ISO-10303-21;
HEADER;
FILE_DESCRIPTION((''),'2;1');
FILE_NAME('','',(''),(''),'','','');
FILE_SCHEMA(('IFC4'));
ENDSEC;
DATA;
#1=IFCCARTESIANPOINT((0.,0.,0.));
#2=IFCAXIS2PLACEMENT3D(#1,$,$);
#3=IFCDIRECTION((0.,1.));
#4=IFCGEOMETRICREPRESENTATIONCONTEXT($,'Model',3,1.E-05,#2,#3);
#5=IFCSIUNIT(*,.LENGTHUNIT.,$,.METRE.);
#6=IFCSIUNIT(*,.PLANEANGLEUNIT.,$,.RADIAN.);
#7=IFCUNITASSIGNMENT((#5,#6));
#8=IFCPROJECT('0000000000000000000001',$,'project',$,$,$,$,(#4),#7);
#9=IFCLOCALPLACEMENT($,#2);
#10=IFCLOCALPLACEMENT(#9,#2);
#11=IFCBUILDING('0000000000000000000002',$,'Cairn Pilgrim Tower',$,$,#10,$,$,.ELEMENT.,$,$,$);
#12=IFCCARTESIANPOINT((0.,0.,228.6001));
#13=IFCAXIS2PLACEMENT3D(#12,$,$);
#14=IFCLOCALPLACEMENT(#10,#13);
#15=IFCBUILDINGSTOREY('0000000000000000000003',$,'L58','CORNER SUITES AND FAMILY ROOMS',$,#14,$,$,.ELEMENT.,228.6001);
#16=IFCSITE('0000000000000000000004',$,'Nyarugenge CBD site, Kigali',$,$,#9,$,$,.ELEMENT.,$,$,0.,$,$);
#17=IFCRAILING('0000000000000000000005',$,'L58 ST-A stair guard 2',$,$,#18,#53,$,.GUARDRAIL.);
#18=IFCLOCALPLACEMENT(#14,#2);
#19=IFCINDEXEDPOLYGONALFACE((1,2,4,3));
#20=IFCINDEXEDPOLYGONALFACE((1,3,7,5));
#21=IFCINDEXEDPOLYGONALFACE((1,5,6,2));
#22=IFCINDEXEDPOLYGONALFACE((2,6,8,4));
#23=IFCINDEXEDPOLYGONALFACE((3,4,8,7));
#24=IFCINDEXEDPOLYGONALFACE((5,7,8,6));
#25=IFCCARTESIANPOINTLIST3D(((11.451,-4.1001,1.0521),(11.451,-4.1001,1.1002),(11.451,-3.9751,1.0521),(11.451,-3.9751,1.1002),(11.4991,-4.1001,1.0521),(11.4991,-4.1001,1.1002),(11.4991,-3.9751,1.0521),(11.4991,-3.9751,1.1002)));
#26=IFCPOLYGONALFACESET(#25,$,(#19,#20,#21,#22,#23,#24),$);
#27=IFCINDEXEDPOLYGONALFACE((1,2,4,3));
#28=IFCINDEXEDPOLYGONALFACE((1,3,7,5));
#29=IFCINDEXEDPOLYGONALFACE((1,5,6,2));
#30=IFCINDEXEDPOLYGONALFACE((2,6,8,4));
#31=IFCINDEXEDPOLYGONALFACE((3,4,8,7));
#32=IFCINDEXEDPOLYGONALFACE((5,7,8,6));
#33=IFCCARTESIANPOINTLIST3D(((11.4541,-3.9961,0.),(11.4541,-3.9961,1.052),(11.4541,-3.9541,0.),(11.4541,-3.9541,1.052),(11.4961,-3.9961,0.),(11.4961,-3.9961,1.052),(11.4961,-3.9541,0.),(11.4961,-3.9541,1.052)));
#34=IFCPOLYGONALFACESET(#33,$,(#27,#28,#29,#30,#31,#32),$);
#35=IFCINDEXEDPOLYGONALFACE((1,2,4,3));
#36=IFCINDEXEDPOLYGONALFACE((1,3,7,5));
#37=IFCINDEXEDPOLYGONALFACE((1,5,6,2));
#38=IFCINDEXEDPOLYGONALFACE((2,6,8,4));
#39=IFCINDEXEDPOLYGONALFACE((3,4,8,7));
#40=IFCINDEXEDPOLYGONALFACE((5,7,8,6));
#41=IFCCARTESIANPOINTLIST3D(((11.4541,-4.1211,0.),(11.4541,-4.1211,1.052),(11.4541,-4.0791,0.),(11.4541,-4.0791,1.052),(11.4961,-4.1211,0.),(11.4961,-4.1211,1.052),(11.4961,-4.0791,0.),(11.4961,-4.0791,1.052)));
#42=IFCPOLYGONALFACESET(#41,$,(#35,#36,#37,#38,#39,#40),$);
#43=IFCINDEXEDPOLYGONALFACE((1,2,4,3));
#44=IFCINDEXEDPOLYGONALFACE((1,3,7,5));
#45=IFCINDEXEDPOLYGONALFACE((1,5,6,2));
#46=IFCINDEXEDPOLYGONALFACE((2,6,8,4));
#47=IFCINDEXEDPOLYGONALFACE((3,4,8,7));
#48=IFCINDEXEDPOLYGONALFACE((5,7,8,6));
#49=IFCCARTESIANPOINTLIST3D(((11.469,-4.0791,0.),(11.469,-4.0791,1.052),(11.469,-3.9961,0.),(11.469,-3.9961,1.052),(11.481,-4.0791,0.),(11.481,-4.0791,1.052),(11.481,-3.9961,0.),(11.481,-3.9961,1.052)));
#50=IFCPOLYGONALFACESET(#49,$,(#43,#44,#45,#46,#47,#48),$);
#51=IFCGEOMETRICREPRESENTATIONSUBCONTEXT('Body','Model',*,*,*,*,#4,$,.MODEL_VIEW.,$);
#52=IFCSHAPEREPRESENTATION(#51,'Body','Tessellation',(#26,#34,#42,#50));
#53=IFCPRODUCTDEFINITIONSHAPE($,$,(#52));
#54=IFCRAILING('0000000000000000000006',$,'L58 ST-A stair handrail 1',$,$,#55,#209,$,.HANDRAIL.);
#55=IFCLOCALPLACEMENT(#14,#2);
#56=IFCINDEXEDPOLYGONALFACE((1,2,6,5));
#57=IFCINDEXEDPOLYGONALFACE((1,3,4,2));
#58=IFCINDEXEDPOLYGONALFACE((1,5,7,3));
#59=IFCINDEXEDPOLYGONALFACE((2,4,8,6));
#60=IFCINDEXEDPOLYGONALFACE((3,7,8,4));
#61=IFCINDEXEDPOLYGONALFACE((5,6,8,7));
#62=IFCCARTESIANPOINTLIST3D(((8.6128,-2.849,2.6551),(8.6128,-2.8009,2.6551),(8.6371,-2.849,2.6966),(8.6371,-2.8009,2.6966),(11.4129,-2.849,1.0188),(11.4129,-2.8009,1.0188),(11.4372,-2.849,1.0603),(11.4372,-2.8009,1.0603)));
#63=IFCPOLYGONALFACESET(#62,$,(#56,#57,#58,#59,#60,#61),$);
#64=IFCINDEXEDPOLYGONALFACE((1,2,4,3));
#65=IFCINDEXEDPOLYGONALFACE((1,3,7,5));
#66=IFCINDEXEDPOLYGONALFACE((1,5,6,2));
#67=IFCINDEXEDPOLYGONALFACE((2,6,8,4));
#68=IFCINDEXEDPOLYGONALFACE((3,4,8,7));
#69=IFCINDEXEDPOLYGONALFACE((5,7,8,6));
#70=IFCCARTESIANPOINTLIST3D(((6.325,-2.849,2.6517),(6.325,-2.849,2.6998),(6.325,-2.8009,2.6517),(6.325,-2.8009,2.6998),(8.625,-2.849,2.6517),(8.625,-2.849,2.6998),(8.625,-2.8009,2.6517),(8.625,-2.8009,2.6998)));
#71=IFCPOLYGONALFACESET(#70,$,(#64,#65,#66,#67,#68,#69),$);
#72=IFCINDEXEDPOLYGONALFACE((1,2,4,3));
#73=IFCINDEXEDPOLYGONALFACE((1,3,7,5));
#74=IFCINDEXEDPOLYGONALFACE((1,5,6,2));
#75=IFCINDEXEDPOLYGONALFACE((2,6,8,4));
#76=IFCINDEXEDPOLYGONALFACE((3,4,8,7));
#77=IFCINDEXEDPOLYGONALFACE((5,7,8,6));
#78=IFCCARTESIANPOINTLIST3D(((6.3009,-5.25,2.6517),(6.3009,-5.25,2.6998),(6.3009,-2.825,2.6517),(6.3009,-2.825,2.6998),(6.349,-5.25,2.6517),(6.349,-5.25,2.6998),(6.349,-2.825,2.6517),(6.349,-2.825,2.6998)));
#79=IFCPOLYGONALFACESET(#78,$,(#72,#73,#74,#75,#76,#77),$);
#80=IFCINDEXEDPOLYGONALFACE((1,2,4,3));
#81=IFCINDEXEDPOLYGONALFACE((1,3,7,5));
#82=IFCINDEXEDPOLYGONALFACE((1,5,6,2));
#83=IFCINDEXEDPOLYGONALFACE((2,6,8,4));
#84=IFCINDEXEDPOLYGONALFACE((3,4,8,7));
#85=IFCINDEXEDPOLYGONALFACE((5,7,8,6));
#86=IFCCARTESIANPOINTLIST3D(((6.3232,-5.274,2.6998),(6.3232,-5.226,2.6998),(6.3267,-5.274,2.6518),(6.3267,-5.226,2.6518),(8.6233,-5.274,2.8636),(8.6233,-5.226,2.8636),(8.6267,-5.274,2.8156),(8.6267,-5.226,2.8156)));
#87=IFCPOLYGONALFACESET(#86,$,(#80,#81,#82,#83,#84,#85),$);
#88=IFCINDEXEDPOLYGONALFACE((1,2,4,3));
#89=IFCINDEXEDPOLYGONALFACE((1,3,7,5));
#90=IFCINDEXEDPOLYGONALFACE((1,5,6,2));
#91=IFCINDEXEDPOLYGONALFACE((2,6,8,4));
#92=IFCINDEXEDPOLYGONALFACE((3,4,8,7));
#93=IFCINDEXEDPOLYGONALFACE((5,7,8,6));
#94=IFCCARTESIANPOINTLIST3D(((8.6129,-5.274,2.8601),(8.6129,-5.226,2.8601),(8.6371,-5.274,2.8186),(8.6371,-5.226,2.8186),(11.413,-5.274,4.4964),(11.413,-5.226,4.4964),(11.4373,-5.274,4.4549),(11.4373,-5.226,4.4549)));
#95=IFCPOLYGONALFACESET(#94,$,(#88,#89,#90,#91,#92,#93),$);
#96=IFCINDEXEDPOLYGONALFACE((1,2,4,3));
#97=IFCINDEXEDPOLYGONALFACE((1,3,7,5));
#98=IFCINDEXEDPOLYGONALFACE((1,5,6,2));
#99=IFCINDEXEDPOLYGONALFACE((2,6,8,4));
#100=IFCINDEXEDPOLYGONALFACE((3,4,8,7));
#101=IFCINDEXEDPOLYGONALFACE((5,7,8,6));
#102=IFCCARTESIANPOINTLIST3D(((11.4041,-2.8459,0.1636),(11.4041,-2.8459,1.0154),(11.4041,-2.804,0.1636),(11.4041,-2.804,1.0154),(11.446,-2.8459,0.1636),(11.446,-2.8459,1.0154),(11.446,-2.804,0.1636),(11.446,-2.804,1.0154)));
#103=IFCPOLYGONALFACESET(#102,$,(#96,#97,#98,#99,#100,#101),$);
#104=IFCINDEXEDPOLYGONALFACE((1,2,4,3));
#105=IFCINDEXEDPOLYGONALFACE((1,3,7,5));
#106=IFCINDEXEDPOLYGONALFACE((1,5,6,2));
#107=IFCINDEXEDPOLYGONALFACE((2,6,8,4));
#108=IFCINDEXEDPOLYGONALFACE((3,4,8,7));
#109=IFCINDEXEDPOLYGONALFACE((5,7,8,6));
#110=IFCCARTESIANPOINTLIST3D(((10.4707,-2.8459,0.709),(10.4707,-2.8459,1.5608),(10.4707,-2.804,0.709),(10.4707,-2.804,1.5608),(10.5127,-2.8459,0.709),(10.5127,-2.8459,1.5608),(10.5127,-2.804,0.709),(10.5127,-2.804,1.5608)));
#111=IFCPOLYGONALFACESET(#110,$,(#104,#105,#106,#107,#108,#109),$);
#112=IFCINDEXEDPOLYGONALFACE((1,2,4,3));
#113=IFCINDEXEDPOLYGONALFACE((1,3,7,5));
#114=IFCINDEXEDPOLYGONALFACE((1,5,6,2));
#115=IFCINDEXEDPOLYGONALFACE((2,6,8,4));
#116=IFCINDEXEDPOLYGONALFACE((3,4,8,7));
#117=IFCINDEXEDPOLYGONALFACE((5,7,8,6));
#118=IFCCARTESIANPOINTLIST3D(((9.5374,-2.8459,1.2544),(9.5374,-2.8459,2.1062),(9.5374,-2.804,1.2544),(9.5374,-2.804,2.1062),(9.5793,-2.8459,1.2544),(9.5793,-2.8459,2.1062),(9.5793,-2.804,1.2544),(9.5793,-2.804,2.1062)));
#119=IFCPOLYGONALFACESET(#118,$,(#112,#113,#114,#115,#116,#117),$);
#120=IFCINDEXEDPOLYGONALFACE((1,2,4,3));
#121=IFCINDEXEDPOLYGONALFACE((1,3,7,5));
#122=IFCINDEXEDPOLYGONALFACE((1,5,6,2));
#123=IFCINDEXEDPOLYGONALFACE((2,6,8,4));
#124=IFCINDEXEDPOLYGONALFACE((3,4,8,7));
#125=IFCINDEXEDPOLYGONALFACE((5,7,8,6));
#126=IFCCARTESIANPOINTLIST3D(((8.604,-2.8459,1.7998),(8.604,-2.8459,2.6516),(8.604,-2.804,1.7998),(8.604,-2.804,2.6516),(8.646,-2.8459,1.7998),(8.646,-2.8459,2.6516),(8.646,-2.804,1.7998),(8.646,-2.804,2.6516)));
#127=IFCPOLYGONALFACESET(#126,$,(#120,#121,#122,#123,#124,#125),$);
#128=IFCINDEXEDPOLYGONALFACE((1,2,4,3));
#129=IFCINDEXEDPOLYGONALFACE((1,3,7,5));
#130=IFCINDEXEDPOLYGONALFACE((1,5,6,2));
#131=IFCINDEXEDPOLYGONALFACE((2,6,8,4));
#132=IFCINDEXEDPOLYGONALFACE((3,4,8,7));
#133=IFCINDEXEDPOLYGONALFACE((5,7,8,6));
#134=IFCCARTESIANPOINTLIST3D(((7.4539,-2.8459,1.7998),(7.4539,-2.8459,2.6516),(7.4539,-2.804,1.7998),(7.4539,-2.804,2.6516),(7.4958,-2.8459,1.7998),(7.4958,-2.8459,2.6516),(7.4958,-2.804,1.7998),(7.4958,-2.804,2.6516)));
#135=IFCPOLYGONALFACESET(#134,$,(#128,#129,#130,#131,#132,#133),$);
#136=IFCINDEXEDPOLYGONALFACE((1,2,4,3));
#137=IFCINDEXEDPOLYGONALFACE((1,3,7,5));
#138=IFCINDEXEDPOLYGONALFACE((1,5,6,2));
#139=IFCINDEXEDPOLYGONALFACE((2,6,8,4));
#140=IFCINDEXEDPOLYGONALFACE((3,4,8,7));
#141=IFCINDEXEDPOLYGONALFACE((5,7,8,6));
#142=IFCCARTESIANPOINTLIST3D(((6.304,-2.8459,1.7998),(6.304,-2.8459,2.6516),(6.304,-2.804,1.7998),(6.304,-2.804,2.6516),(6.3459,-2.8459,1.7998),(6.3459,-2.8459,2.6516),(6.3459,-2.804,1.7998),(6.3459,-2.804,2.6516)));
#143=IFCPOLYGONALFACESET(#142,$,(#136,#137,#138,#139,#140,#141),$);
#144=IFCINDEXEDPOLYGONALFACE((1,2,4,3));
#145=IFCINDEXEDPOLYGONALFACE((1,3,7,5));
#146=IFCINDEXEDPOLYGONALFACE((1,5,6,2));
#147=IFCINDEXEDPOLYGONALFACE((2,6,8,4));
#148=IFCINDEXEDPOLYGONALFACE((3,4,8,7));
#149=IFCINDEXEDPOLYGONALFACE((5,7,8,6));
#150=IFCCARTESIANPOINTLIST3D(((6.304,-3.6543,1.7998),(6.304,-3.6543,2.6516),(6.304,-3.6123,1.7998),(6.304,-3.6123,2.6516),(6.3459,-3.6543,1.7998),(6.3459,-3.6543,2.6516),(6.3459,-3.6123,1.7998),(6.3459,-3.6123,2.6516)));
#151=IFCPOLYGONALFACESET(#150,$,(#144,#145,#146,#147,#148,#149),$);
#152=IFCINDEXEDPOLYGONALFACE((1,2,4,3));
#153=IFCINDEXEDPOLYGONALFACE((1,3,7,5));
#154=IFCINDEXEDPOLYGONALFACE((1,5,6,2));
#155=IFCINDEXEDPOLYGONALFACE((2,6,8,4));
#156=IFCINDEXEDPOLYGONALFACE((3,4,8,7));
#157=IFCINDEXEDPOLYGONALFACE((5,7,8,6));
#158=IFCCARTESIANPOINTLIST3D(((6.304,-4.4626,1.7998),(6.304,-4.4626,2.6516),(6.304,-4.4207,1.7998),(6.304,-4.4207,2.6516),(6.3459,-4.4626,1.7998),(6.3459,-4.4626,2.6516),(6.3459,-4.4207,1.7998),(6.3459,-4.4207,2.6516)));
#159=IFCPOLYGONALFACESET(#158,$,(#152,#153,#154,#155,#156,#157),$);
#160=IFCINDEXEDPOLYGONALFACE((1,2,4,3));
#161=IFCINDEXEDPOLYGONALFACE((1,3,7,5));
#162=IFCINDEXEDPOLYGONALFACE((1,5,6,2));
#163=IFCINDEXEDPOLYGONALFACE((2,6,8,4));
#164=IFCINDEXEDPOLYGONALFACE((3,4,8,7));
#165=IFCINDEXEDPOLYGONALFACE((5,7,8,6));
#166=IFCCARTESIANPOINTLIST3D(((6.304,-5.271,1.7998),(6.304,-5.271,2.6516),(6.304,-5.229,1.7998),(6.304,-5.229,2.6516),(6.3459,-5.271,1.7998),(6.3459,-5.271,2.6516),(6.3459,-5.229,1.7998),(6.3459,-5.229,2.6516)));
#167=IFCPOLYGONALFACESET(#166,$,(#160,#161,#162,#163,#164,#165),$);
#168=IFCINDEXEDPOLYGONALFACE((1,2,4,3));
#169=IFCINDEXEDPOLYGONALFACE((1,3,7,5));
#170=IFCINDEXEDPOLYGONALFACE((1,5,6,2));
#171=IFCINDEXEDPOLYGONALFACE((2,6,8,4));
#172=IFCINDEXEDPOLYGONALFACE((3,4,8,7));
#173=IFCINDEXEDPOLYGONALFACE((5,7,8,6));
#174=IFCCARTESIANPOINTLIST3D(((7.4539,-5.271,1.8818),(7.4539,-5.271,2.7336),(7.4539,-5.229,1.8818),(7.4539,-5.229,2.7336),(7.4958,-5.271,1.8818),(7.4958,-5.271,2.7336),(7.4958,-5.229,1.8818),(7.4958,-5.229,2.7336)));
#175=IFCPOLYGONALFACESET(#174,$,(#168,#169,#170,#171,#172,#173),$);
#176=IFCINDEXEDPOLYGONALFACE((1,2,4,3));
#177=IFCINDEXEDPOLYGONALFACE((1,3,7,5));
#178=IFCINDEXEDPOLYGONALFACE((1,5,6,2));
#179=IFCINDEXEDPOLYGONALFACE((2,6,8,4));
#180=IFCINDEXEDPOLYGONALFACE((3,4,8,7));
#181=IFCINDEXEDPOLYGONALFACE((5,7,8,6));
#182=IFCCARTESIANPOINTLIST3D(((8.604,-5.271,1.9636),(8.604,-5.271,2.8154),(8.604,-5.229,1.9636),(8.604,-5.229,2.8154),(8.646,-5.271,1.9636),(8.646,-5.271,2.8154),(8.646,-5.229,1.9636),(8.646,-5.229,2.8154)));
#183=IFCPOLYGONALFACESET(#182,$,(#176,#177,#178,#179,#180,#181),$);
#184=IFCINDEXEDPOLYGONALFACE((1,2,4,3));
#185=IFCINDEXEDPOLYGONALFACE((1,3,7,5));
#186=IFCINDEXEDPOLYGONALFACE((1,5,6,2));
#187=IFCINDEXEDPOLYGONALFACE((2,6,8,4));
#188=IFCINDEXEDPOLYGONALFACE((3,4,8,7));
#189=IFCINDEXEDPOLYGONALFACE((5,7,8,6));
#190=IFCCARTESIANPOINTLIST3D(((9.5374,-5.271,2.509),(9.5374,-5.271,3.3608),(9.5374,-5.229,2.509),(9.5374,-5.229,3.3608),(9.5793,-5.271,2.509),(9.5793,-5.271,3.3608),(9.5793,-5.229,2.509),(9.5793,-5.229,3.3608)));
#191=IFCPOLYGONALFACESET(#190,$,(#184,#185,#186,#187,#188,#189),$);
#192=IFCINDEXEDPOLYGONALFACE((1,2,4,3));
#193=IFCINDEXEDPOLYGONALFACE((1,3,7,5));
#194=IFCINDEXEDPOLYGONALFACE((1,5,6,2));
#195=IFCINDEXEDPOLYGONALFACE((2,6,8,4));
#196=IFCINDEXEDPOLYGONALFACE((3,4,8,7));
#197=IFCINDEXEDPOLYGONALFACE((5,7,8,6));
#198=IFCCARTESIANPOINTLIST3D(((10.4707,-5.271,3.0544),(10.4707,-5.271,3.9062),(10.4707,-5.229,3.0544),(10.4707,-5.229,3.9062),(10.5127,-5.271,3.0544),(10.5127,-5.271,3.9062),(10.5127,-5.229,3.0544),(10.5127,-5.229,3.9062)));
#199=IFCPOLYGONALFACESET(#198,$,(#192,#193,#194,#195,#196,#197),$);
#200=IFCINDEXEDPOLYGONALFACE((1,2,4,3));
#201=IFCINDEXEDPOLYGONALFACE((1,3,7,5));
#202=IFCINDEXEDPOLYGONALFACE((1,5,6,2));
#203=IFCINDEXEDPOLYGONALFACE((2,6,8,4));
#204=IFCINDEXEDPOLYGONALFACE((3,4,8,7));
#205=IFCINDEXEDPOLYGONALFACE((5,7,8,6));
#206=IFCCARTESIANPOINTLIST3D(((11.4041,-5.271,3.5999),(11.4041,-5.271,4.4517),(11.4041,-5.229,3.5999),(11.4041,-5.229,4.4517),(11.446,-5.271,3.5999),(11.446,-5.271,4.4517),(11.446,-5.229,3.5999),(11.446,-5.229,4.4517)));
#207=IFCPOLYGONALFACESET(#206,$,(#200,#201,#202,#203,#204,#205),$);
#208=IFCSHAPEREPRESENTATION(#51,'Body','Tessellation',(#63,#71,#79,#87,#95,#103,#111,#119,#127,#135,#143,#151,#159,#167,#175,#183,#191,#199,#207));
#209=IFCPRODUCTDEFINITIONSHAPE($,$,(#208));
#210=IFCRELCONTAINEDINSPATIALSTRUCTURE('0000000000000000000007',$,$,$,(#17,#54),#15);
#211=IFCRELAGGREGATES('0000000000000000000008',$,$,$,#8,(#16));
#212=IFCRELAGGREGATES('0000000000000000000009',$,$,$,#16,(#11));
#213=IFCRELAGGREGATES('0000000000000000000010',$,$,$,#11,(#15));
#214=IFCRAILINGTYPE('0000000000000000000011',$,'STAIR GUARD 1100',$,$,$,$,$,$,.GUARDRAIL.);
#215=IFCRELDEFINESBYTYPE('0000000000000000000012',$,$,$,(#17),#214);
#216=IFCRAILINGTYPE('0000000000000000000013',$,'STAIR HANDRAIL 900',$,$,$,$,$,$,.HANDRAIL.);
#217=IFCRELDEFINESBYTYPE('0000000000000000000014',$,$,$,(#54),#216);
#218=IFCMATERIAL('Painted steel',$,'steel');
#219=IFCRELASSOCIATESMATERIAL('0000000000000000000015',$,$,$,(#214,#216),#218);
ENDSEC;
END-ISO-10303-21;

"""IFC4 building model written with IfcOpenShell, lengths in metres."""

from ifc_helpers import new_model, si_unit, direction, frame, origin, origin_2d, place, context, subcontext, project, spatial, polyline, rectangle, outline, extrude, material, type_object, element, save


model = new_model("IFC4")

# Units and contexts
model_context = context("Model", 3, precision=1e-05, world=origin(), true_north=direction((0.0, 1.0)))
body_context = subcontext(model_context, "Body", "Model", "MODEL_VIEW")
ifc_project = project(units=[si_unit("LENGTHUNIT", "METRE"), si_unit("PLANEANGLEUNIT", "RADIAN")], contexts=[model_context])

# Site, building, storey
site_placement = place(None, origin())
site = spatial("IfcSite", under=ifc_project, at=site_placement, Name="Nyarugenge CBD site, Kigali", CompositionType="ELEMENT", RefElevation=0.0)
building_placement = place(site_placement, origin())
building = spatial("IfcBuilding", under=site, at=building_placement, Name="Cairn Pilgrim Tower", CompositionType="ELEMENT")
storey_placement = place(building_placement, frame((0.0, 0.0, 228.6001)))
storey = spatial("IfcBuildingStorey", under=building, at=storey_placement, Name="L58", Description="CORNER SUITES AND FAMILY ROOMS", CompositionType="ELEMENT", Elevation=228.6001)

# Shared definitions
ifc_material_1 = material(Name="Painted steel", Category="steel")

# Railings
railing_type_1 = type_object("IfcRailingType", Name="STAIR GUARD 1100", PredefinedType="GUARDRAIL", material=ifc_material_1)
railing_1_placement = place(storey_placement, frame((11.4751, -3.9751, 0.0)))
element("IfcRailing", 1, at=railing_1_placement, inside=storey, type_object=railing_type_1, Name="L58 ST-A stair guard 2", PredefinedType="GUARDRAIL", context=body_context, shape_type="SweptSolid", body=[
    extrude(rectangle(XDim=0.0481, YDim=0.0481, at=origin_2d()), frame((0.0, 0.0, 1.0762), z_axis=(0.0, -1.0, 0.0), x_axis=(1.0, 0.0, 0.0)), (0.0, 0.0, 1.0), 0.125),
    extrude(rectangle(XDim=0.042, YDim=0.042, at=origin_2d()), origin(), (0.0, 0.0, 1.0), 1.052),
    extrude(rectangle(XDim=0.042, YDim=0.042, at=origin_2d()), frame((0.0, -0.125, 0.0)), (0.0, 0.0, 1.0), 1.052),
    extrude(outline(polyline([(0.021, 0.0), (0.104, 0.0), (0.104, 1.052), (0.021, 1.052), (0.021, 0.0)])), frame((0.0059, 0.0, 0.0), z_axis=(-1.0, 0.0, 0.0), x_axis=(0.0, -1.0, 0.0)), (0.0, 0.0, 1.0), 0.012),
])
railing_type_2 = type_object("IfcRailingType", Name="STAIR HANDRAIL 900", PredefinedType="HANDRAIL", material=ifc_material_1)
railing_2_placement = place(storey_placement, frame((11.425, -2.825, 0.1636)))
element("IfcRailing", 2, at=railing_2_placement, inside=storey, type_object=railing_type_2, Name="L58 ST-A stair handrail 1", PredefinedType="HANDRAIL", context=body_context, shape_type="SweptSolid", body=[
    extrude(rectangle(XDim=0.0481, YDim=0.0481, at=origin_2d()), frame((0.0, 0.0, 0.876), z_axis=(-0.863394, 0.0, 0.504531), x_axis=(0.0, -1.0, 0.0)), (0.0, 0.0, 1.0), 3.2432),
    extrude(rectangle(XDim=0.0481, YDim=0.0481, at=origin_2d()), frame((-2.8, 0.0, 2.5122), z_axis=(-1.0, 0.0, 0.0), x_axis=(0.0, -1.0, 0.0)), (0.0, 0.0, 1.0), 2.3),
    extrude(rectangle(XDim=0.0481, YDim=0.0481, at=origin_2d()), frame((-5.1001, 0.0, 2.5122), z_axis=(0.0, -1.0, 0.0), x_axis=(1.0, 0.0, 0.0)), (0.0, 0.0, 1.0), 2.425),
    extrude(rectangle(XDim=0.0481, YDim=0.0481, at=origin_2d()), frame((-5.1001, -2.425, 2.5122), z_axis=(0.997473, 0.0, 0.071044), x_axis=(0.0, 1.0, 0.0)), (0.0, 0.0, 1.0), 2.3059),
    extrude(rectangle(XDim=0.0481, YDim=0.0481, at=origin_2d()), frame((-2.8, -2.425, 2.6758), z_axis=(0.863394, 0.0, 0.504531), x_axis=(0.0, 1.0, 0.0)), (0.0, 0.0, 1.0), 3.2432),
    extrude(rectangle(XDim=0.042, YDim=0.042, at=origin_2d()), origin(), (0.0, 0.0, 1.0), 0.8518),
    extrude(rectangle(XDim=0.042, YDim=0.042, at=origin_2d()), frame((-0.9333, 0.0, 0.5454)), (0.0, 0.0, 1.0), 0.8518),
    extrude(rectangle(XDim=0.042, YDim=0.042, at=origin_2d()), frame((-1.8667, 0.0, 1.0908)), (0.0, 0.0, 1.0), 0.8518),
    extrude(rectangle(XDim=0.042, YDim=0.042, at=origin_2d()), frame((-2.8, 0.0, 1.6362)), (0.0, 0.0, 1.0), 0.8518),
    extrude(rectangle(XDim=0.042, YDim=0.042, at=origin_2d()), frame((-3.9502, 0.0, 1.6362)), (0.0, 0.0, 1.0), 0.8518),
    extrude(rectangle(XDim=0.042, YDim=0.042, at=origin_2d()), frame((-5.1001, 0.0, 1.6362)), (0.0, 0.0, 1.0), 0.8518),
    extrude(rectangle(XDim=0.042, YDim=0.042, at=origin_2d()), frame((-5.1001, -0.8083, 1.6362)), (0.0, 0.0, 1.0), 0.8518),
    extrude(rectangle(XDim=0.042, YDim=0.042, at=origin_2d()), frame((-5.1001, -1.6167, 1.6362)), (0.0, 0.0, 1.0), 0.8518),
    extrude(rectangle(XDim=0.042, YDim=0.042, at=origin_2d()), frame((-5.1001, -2.425, 1.6362)), (0.0, 0.0, 1.0), 0.8518),
    extrude(rectangle(XDim=0.042, YDim=0.042, at=origin_2d()), frame((-3.9502, -2.425, 1.7183)), (0.0, 0.0, 1.0), 0.8518),
    extrude(rectangle(XDim=0.042, YDim=0.042, at=origin_2d()), frame((-2.8, -2.425, 1.8)), (0.0, 0.0, 1.0), 0.8518),
    extrude(rectangle(XDim=0.042, YDim=0.042, at=origin_2d()), frame((-1.8667, -2.425, 2.3455)), (0.0, 0.0, 1.0), 0.8518),
    extrude(rectangle(XDim=0.042, YDim=0.042, at=origin_2d()), frame((-0.9333, -2.425, 2.8909)), (0.0, 0.0, 1.0), 0.8518),
    extrude(rectangle(XDim=0.042, YDim=0.042, at=origin_2d()), frame((0.0, -2.425, 3.4363)), (0.0, 0.0, 1.0), 0.8518),
])

save(model, "model.ifc")
